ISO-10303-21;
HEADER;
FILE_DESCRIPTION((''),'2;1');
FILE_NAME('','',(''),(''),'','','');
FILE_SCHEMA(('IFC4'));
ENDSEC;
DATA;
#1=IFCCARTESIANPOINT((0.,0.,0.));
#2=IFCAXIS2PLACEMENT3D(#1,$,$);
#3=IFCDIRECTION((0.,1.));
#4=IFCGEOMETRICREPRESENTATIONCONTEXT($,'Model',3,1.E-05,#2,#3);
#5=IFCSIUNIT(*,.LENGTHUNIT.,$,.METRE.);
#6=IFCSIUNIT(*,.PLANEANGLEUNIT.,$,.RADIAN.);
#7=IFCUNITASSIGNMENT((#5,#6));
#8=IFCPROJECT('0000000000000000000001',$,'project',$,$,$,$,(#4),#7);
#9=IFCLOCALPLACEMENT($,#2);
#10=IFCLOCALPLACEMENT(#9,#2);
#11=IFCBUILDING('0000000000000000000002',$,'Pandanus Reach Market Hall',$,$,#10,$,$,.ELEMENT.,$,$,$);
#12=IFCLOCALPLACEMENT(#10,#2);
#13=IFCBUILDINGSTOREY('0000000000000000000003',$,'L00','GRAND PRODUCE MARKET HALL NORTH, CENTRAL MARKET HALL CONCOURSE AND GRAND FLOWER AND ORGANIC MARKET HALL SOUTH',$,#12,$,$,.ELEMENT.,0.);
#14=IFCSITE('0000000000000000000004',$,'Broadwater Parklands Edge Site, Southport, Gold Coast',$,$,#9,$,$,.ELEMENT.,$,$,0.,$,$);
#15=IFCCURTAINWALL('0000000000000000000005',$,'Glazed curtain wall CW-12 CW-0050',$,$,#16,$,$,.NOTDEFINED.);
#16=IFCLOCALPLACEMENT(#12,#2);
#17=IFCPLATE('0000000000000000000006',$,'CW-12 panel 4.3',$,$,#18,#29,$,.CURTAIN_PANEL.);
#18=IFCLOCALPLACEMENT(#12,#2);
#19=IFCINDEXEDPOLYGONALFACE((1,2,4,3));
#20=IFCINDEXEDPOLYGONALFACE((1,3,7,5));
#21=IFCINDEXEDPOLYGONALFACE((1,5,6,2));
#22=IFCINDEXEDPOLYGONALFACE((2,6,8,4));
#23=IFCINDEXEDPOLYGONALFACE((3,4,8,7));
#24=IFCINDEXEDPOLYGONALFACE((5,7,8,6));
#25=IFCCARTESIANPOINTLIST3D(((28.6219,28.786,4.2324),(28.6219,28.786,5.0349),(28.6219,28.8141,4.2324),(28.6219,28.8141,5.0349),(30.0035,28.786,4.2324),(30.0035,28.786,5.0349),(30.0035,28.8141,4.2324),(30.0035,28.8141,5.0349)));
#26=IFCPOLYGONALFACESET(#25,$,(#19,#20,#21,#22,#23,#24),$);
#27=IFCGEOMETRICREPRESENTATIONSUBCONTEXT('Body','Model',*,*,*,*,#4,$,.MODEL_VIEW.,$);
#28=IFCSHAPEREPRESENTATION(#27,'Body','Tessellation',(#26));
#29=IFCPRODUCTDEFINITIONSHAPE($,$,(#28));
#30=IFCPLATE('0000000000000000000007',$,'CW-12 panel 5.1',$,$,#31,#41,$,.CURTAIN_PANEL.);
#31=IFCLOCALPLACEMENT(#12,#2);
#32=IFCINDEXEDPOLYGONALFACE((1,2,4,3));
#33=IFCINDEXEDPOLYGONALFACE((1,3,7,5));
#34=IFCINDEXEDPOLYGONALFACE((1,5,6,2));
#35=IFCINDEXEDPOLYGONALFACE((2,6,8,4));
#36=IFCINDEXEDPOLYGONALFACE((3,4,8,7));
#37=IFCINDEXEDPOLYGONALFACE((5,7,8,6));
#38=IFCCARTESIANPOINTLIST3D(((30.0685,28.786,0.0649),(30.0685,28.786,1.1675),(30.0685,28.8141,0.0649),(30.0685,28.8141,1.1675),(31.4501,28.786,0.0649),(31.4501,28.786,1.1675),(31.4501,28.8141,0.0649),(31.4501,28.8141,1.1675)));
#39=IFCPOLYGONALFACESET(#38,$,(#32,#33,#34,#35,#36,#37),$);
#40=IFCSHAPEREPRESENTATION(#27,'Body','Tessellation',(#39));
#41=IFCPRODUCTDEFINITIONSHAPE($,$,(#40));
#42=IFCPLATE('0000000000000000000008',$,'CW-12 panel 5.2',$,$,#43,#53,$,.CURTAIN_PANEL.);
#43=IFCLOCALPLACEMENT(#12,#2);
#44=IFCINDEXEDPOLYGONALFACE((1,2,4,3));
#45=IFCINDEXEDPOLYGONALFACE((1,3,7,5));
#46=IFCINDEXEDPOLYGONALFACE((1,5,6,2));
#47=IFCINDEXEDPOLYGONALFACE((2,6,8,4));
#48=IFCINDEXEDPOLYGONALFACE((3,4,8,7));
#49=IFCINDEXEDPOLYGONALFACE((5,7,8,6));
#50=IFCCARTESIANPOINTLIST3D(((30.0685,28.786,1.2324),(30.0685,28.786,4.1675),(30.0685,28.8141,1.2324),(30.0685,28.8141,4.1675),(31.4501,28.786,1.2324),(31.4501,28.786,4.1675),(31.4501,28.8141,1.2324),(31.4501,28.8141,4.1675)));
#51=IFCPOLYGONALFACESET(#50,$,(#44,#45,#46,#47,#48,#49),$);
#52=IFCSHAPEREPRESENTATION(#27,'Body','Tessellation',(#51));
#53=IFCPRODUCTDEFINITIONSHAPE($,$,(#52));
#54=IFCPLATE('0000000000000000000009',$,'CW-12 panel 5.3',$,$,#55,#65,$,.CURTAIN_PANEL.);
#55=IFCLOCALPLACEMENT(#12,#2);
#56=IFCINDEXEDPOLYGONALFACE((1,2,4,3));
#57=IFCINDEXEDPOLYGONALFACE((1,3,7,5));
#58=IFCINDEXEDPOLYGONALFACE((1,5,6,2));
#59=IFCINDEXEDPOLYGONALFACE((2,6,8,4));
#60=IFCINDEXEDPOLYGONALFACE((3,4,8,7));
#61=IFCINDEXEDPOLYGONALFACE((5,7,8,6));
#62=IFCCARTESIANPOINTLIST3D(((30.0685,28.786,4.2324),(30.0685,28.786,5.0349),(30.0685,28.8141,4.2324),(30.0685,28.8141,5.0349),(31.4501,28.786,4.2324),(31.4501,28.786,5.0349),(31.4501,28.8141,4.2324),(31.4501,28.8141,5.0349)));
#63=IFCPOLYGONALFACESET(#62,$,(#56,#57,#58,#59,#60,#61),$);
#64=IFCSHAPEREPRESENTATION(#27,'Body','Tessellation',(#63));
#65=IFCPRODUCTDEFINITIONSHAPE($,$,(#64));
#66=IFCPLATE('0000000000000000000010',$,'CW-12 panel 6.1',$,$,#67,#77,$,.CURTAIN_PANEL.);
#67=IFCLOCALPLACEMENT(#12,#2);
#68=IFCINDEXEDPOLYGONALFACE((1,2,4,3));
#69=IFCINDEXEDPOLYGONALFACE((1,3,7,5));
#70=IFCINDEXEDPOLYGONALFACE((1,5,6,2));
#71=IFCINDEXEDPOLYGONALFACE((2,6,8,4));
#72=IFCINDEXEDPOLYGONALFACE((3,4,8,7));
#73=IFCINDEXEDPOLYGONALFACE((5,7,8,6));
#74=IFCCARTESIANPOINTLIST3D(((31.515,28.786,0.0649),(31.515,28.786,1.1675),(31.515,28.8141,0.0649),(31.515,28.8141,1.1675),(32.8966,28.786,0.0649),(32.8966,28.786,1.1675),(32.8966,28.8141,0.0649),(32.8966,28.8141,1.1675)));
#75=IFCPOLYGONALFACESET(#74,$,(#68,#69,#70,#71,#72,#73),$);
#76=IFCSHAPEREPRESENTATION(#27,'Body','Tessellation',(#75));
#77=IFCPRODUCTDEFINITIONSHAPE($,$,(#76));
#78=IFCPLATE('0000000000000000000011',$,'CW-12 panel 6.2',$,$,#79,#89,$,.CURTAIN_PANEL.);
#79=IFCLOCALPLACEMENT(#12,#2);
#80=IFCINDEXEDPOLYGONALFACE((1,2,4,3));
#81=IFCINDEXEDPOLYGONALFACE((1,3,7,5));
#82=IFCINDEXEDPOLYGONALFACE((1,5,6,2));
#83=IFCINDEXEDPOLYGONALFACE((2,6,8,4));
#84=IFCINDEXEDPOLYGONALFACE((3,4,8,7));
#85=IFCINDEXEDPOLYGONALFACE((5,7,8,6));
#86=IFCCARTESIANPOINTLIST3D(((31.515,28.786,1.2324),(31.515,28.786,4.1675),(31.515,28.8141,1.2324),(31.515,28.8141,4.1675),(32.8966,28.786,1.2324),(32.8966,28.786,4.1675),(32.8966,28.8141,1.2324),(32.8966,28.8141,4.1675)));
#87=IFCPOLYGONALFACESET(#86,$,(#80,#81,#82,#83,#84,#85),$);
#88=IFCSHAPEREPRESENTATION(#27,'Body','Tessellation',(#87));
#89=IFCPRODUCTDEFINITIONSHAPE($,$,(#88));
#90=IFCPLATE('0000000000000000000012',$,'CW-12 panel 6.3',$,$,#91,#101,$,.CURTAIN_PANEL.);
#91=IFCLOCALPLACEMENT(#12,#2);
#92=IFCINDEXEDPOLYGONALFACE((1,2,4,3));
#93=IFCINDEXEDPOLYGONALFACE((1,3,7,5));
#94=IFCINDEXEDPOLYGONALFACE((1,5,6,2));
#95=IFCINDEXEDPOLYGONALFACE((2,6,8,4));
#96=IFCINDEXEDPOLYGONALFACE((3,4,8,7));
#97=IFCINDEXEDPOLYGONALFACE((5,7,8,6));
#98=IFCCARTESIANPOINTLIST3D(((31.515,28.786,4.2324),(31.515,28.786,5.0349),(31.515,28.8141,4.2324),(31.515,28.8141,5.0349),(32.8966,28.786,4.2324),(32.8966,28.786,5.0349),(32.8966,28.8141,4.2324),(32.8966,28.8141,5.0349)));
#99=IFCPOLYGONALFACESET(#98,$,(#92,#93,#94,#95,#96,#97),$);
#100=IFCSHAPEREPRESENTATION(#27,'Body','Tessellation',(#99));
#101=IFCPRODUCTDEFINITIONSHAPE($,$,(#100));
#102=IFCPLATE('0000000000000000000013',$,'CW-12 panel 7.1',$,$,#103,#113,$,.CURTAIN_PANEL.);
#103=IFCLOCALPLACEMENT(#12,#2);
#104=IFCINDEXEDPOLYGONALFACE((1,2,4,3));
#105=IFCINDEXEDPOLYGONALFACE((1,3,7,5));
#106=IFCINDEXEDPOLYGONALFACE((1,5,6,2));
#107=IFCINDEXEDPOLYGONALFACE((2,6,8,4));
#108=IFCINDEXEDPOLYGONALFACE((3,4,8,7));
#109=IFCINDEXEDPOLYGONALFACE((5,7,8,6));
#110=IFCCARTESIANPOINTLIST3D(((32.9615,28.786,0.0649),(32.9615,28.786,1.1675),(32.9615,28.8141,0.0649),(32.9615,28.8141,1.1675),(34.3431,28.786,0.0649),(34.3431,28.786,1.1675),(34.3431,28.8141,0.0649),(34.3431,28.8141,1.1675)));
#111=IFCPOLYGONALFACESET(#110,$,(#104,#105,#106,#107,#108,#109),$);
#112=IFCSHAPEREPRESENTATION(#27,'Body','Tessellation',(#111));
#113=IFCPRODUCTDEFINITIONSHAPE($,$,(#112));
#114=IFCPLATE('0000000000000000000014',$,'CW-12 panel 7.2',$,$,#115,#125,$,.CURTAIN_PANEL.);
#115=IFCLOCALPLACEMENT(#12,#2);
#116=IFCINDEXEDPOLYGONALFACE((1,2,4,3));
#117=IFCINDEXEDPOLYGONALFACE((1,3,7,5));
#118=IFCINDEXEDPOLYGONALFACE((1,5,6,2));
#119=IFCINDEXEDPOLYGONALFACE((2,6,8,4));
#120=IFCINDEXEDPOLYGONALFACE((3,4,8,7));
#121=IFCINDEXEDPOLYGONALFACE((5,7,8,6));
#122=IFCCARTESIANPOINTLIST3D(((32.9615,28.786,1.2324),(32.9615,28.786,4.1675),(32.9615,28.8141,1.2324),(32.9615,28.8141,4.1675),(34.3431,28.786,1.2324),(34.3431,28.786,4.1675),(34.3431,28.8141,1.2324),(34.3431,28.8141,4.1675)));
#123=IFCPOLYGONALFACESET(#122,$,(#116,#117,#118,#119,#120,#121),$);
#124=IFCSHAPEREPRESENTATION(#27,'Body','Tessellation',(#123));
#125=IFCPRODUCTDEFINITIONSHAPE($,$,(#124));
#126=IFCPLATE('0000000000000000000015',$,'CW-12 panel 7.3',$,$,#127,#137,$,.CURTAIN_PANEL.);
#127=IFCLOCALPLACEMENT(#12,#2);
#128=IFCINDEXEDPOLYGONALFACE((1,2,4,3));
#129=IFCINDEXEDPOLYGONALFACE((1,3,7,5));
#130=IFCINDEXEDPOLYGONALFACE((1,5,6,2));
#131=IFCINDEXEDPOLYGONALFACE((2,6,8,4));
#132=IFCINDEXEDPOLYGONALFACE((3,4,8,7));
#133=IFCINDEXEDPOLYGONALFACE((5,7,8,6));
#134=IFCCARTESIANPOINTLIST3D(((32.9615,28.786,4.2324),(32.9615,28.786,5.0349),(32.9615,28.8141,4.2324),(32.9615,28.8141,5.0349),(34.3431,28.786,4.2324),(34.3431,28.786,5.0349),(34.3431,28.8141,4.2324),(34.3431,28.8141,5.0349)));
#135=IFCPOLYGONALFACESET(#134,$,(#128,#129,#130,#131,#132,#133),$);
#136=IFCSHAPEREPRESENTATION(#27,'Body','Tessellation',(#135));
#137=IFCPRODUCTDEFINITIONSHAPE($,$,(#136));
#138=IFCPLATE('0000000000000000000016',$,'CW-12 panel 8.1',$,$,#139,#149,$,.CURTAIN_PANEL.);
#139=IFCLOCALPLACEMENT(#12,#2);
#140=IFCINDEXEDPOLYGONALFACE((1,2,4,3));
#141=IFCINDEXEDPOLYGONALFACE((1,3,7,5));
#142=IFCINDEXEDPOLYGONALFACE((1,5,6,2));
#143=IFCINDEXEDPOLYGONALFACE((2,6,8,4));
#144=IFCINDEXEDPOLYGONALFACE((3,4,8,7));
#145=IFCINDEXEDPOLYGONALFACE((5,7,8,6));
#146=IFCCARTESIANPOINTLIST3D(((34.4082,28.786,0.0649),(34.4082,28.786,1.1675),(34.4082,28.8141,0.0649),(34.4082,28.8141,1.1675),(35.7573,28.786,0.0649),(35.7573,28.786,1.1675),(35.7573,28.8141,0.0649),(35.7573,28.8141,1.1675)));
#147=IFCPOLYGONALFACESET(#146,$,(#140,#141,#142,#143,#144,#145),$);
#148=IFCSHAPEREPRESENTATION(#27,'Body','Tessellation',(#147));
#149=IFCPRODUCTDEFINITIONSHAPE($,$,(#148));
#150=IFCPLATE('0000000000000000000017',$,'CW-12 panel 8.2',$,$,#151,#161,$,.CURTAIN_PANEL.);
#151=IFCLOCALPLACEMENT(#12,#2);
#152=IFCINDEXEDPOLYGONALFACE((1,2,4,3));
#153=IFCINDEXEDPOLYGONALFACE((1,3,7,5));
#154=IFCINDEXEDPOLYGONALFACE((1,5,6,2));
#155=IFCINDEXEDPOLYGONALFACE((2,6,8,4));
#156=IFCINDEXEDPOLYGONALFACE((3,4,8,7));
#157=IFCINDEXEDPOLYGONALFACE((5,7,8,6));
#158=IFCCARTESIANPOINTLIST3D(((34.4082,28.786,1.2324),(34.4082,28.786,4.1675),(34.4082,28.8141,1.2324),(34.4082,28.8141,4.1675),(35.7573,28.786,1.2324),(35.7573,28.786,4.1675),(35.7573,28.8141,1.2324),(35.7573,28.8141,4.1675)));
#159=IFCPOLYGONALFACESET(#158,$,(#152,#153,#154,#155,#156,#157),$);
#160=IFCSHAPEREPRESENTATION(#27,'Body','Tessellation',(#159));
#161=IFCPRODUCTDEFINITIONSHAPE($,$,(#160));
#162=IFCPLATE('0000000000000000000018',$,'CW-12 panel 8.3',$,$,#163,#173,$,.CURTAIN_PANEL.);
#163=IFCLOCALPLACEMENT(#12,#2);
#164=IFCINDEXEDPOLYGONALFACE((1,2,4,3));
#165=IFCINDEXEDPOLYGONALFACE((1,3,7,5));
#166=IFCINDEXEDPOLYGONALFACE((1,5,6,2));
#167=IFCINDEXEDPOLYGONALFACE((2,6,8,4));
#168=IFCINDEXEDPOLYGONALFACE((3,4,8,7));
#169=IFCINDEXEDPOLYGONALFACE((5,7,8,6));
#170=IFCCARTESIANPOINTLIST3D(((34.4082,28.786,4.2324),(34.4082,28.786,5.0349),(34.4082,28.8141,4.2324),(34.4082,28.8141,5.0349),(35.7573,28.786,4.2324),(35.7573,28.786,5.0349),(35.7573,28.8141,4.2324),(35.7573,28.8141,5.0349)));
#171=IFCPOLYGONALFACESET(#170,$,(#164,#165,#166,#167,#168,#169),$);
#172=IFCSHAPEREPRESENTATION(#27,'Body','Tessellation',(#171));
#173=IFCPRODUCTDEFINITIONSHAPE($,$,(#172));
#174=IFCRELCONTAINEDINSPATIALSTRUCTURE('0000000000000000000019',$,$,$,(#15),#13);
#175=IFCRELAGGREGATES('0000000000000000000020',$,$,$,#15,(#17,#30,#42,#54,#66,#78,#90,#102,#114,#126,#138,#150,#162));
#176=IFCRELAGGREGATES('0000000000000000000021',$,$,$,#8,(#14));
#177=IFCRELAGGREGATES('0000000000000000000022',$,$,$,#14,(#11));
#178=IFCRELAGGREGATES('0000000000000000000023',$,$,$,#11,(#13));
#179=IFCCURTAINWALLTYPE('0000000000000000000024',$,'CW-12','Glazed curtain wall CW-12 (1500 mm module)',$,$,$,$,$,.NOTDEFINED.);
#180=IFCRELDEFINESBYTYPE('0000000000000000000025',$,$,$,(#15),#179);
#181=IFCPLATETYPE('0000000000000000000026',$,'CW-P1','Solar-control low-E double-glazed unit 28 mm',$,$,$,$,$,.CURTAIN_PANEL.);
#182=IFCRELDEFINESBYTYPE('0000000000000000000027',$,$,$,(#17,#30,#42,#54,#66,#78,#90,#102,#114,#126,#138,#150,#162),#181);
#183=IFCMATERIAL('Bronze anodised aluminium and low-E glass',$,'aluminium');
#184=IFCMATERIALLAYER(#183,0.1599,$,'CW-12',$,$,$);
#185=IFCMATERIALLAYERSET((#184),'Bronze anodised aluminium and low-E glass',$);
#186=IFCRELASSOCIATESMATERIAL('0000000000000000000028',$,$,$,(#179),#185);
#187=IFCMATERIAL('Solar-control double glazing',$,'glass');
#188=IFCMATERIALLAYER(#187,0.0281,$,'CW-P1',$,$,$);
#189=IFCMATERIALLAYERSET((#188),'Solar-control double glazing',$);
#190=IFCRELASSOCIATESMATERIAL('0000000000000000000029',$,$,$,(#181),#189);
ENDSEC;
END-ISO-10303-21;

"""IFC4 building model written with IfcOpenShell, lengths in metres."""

from ifc_helpers import new_model, si_unit, direction, frame, origin, origin_2d, place, context, subcontext, project, spatial, rectangle, extrude, material, layer, layer_set, type_object, element, aggregate, save


model = new_model("IFC4")

# Units and contexts
model_context = context("Model", 3, precision=1e-05, world=origin(), true_north=direction((0.0, 1.0)))
body_context = subcontext(model_context, "Body", "Model", "MODEL_VIEW")
ifc_project = project(units=[si_unit("LENGTHUNIT", "METRE"), si_unit("PLANEANGLEUNIT", "RADIAN")], contexts=[model_context])

# Site, building, storey
site_placement = place(None, origin())
site = spatial("IfcSite", under=ifc_project, at=site_placement, Name="Broadwater Parklands Edge Site, Southport, Gold Coast", CompositionType="ELEMENT", RefElevation=0.0)
building_placement = place(site_placement, origin())
building = spatial("IfcBuilding", under=site, at=building_placement, Name="Pandanus Reach Market Hall", CompositionType="ELEMENT")
storey_placement = place(building_placement, origin())
storey = spatial("IfcBuildingStorey", under=building, at=storey_placement, Name="L00", Description="GRAND PRODUCE MARKET HALL NORTH, CENTRAL MARKET HALL CONCOURSE AND GRAND FLOWER AND ORGANIC MARKET HALL SOUTH", CompositionType="ELEMENT", Elevation=0.0)

# Curtain wall, plates
ifc_material_1 = material(Name="Bronze anodised aluminium and low-E glass", Category="aluminium")
ifc_layer_1 = layer(ifc_material_1, 0.1599, Name="CW-12")
ifc_layer_set_1 = layer_set([ifc_layer_1], Name="Bronze anodised aluminium and low-E glass")
curtain_wall_type = type_object("IfcCurtainWallType", Name="CW-12", Description="Glazed curtain wall CW-12 (1500 mm module)", PredefinedType="NOTDEFINED", material=ifc_layer_set_1)
curtain_wall_placement = place(storey_placement, origin())
curtain_wall = element("IfcCurtainWall", 1, at=curtain_wall_placement, inside=storey, type_object=curtain_wall_type, Name="Glazed curtain wall CW-12 CW-0050", PredefinedType="NOTDEFINED")
ifc_material_2 = material(Name="Solar-control double glazing", Category="glass")
ifc_layer_2 = layer(ifc_material_2, 0.0281, Name="CW-P1")
ifc_layer_set_2 = layer_set([ifc_layer_2], Name="Solar-control double glazing")
plate_type = type_object("IfcPlateType", Name="CW-P1", Description="Solar-control low-E double-glazed unit 28 mm", PredefinedType="CURTAIN_PANEL", material=ifc_layer_set_2)
plate_1_placement = place(storey_placement, frame((29.3127, 28.8, 4.2324), z_axis=(0.0, 0.0, 1.0), x_axis=(1.0, 0.0, 0.0)))
plate_1 = element("IfcPlate", 2, at=plate_1_placement, type_object=plate_type, Name="CW-12 panel 4.3", PredefinedType="CURTAIN_PANEL", context=body_context, shape_type="SweptSolid", body=[
    extrude(rectangle(XDim=1.3816, YDim=0.0281, at=origin_2d()), origin(), (0.0, 0.0, 1.0), 0.8025),
])
plate_2_placement = place(storey_placement, frame((30.7593, 28.8, 0.0649), z_axis=(0.0, 0.0, 1.0), x_axis=(1.0, 0.0, 0.0)))
plate_2 = element("IfcPlate", 3, at=plate_2_placement, type_object=plate_type, Name="CW-12 panel 5.1", PredefinedType="CURTAIN_PANEL", context=body_context, shape_type="SweptSolid", body=[
    extrude(rectangle(XDim=1.3816, YDim=0.0281, at=origin_2d()), origin(), (0.0, 0.0, 1.0), 1.1025),
])
plate_3_placement = place(storey_placement, frame((30.7593, 28.8, 1.2324), z_axis=(0.0, 0.0, 1.0), x_axis=(1.0, 0.0, 0.0)))
plate_3 = element("IfcPlate", 4, at=plate_3_placement, type_object=plate_type, Name="CW-12 panel 5.2", PredefinedType="CURTAIN_PANEL", context=body_context, shape_type="SweptSolid", body=[
    extrude(rectangle(XDim=1.3816, YDim=0.0281, at=origin_2d()), origin(), (0.0, 0.0, 1.0), 2.9351),
])
plate_4_placement = place(storey_placement, frame((30.7593, 28.8, 4.2324), z_axis=(0.0, 0.0, 1.0), x_axis=(1.0, 0.0, 0.0)))
plate_4 = element("IfcPlate", 5, at=plate_4_placement, type_object=plate_type, Name="CW-12 panel 5.3", PredefinedType="CURTAIN_PANEL", context=body_context, shape_type="SweptSolid", body=[
    extrude(rectangle(XDim=1.3816, YDim=0.0281, at=origin_2d()), origin(), (0.0, 0.0, 1.0), 0.8025),
])
plate_5_placement = place(storey_placement, frame((32.2058, 28.8, 0.0649), z_axis=(0.0, 0.0, 1.0), x_axis=(1.0, 0.0, 0.0)))
plate_5 = element("IfcPlate", 6, at=plate_5_placement, type_object=plate_type, Name="CW-12 panel 6.1", PredefinedType="CURTAIN_PANEL", context=body_context, shape_type="SweptSolid", body=[
    extrude(rectangle(XDim=1.3816, YDim=0.0281, at=origin_2d()), origin(), (0.0, 0.0, 1.0), 1.1025),
])
plate_6_placement = place(storey_placement, frame((32.2058, 28.8, 1.2324), z_axis=(0.0, 0.0, 1.0), x_axis=(1.0, 0.0, 0.0)))
plate_6 = element("IfcPlate", 7, at=plate_6_placement, type_object=plate_type, Name="CW-12 panel 6.2", PredefinedType="CURTAIN_PANEL", context=body_context, shape_type="SweptSolid", body=[
    extrude(rectangle(XDim=1.3816, YDim=0.0281, at=origin_2d()), origin(), (0.0, 0.0, 1.0), 2.9351),
])
plate_7_placement = place(storey_placement, frame((32.2058, 28.8, 4.2324), z_axis=(0.0, 0.0, 1.0), x_axis=(1.0, 0.0, 0.0)))
plate_7 = element("IfcPlate", 8, at=plate_7_placement, type_object=plate_type, Name="CW-12 panel 6.3", PredefinedType="CURTAIN_PANEL", context=body_context, shape_type="SweptSolid", body=[
    extrude(rectangle(XDim=1.3816, YDim=0.0281, at=origin_2d()), origin(), (0.0, 0.0, 1.0), 0.8025),
])
plate_8_placement = place(storey_placement, frame((33.6523, 28.8, 0.0649), z_axis=(0.0, 0.0, 1.0), x_axis=(1.0, 0.0, 0.0)))
plate_8 = element("IfcPlate", 9, at=plate_8_placement, type_object=plate_type, Name="CW-12 panel 7.1", PredefinedType="CURTAIN_PANEL", context=body_context, shape_type="SweptSolid", body=[
    extrude(rectangle(XDim=1.3816, YDim=0.0281, at=origin_2d()), origin(), (0.0, 0.0, 1.0), 1.1025),
])
plate_9_placement = place(storey_placement, frame((33.6523, 28.8, 1.2324), z_axis=(0.0, 0.0, 1.0), x_axis=(1.0, 0.0, 0.0)))
plate_9 = element("IfcPlate", 10, at=plate_9_placement, type_object=plate_type, Name="CW-12 panel 7.2", PredefinedType="CURTAIN_PANEL", context=body_context, shape_type="SweptSolid", body=[
    extrude(rectangle(XDim=1.3816, YDim=0.0281, at=origin_2d()), origin(), (0.0, 0.0, 1.0), 2.9351),
])
plate_10_placement = place(storey_placement, frame((33.6523, 28.8, 4.2324), z_axis=(0.0, 0.0, 1.0), x_axis=(1.0, 0.0, 0.0)))
plate_10 = element("IfcPlate", 11, at=plate_10_placement, type_object=plate_type, Name="CW-12 panel 7.3", PredefinedType="CURTAIN_PANEL", context=body_context, shape_type="SweptSolid", body=[
    extrude(rectangle(XDim=1.3816, YDim=0.0281, at=origin_2d()), origin(), (0.0, 0.0, 1.0), 0.8025),
])
plate_11_placement = place(storey_placement, frame((35.0828, 28.8, 0.0649), z_axis=(0.0, 0.0, 1.0), x_axis=(1.0, 0.0, 0.0)))
plate_11 = element("IfcPlate", 12, at=plate_11_placement, type_object=plate_type, Name="CW-12 panel 8.1", PredefinedType="CURTAIN_PANEL", context=body_context, shape_type="SweptSolid", body=[
    extrude(rectangle(XDim=1.3491, YDim=0.0281, at=origin_2d()), origin(), (0.0, 0.0, 1.0), 1.1025),
])
plate_12_placement = place(storey_placement, frame((35.0828, 28.8, 1.2324), z_axis=(0.0, 0.0, 1.0), x_axis=(1.0, 0.0, 0.0)))
plate_12 = element("IfcPlate", 13, at=plate_12_placement, type_object=plate_type, Name="CW-12 panel 8.2", PredefinedType="CURTAIN_PANEL", context=body_context, shape_type="SweptSolid", body=[
    extrude(rectangle(XDim=1.3491, YDim=0.0281, at=origin_2d()), origin(), (0.0, 0.0, 1.0), 2.9351),
])
plate_13_placement = place(storey_placement, frame((35.0828, 28.8, 4.2324), z_axis=(0.0, 0.0, 1.0), x_axis=(1.0, 0.0, 0.0)))
plate_13 = element("IfcPlate", 14, at=plate_13_placement, type_object=plate_type, Name="CW-12 panel 8.3", PredefinedType="CURTAIN_PANEL", context=body_context, shape_type="SweptSolid", body=[
    extrude(rectangle(XDim=1.3491, YDim=0.0281, at=origin_2d()), origin(), (0.0, 0.0, 1.0), 0.8025),
])
aggregate(curtain_wall, [plate_1, plate_2, plate_3, plate_4, plate_5, plate_6, plate_7, plate_8, plate_9, plate_10, plate_11, plate_12, plate_13])

save(model, "model.ifc")
